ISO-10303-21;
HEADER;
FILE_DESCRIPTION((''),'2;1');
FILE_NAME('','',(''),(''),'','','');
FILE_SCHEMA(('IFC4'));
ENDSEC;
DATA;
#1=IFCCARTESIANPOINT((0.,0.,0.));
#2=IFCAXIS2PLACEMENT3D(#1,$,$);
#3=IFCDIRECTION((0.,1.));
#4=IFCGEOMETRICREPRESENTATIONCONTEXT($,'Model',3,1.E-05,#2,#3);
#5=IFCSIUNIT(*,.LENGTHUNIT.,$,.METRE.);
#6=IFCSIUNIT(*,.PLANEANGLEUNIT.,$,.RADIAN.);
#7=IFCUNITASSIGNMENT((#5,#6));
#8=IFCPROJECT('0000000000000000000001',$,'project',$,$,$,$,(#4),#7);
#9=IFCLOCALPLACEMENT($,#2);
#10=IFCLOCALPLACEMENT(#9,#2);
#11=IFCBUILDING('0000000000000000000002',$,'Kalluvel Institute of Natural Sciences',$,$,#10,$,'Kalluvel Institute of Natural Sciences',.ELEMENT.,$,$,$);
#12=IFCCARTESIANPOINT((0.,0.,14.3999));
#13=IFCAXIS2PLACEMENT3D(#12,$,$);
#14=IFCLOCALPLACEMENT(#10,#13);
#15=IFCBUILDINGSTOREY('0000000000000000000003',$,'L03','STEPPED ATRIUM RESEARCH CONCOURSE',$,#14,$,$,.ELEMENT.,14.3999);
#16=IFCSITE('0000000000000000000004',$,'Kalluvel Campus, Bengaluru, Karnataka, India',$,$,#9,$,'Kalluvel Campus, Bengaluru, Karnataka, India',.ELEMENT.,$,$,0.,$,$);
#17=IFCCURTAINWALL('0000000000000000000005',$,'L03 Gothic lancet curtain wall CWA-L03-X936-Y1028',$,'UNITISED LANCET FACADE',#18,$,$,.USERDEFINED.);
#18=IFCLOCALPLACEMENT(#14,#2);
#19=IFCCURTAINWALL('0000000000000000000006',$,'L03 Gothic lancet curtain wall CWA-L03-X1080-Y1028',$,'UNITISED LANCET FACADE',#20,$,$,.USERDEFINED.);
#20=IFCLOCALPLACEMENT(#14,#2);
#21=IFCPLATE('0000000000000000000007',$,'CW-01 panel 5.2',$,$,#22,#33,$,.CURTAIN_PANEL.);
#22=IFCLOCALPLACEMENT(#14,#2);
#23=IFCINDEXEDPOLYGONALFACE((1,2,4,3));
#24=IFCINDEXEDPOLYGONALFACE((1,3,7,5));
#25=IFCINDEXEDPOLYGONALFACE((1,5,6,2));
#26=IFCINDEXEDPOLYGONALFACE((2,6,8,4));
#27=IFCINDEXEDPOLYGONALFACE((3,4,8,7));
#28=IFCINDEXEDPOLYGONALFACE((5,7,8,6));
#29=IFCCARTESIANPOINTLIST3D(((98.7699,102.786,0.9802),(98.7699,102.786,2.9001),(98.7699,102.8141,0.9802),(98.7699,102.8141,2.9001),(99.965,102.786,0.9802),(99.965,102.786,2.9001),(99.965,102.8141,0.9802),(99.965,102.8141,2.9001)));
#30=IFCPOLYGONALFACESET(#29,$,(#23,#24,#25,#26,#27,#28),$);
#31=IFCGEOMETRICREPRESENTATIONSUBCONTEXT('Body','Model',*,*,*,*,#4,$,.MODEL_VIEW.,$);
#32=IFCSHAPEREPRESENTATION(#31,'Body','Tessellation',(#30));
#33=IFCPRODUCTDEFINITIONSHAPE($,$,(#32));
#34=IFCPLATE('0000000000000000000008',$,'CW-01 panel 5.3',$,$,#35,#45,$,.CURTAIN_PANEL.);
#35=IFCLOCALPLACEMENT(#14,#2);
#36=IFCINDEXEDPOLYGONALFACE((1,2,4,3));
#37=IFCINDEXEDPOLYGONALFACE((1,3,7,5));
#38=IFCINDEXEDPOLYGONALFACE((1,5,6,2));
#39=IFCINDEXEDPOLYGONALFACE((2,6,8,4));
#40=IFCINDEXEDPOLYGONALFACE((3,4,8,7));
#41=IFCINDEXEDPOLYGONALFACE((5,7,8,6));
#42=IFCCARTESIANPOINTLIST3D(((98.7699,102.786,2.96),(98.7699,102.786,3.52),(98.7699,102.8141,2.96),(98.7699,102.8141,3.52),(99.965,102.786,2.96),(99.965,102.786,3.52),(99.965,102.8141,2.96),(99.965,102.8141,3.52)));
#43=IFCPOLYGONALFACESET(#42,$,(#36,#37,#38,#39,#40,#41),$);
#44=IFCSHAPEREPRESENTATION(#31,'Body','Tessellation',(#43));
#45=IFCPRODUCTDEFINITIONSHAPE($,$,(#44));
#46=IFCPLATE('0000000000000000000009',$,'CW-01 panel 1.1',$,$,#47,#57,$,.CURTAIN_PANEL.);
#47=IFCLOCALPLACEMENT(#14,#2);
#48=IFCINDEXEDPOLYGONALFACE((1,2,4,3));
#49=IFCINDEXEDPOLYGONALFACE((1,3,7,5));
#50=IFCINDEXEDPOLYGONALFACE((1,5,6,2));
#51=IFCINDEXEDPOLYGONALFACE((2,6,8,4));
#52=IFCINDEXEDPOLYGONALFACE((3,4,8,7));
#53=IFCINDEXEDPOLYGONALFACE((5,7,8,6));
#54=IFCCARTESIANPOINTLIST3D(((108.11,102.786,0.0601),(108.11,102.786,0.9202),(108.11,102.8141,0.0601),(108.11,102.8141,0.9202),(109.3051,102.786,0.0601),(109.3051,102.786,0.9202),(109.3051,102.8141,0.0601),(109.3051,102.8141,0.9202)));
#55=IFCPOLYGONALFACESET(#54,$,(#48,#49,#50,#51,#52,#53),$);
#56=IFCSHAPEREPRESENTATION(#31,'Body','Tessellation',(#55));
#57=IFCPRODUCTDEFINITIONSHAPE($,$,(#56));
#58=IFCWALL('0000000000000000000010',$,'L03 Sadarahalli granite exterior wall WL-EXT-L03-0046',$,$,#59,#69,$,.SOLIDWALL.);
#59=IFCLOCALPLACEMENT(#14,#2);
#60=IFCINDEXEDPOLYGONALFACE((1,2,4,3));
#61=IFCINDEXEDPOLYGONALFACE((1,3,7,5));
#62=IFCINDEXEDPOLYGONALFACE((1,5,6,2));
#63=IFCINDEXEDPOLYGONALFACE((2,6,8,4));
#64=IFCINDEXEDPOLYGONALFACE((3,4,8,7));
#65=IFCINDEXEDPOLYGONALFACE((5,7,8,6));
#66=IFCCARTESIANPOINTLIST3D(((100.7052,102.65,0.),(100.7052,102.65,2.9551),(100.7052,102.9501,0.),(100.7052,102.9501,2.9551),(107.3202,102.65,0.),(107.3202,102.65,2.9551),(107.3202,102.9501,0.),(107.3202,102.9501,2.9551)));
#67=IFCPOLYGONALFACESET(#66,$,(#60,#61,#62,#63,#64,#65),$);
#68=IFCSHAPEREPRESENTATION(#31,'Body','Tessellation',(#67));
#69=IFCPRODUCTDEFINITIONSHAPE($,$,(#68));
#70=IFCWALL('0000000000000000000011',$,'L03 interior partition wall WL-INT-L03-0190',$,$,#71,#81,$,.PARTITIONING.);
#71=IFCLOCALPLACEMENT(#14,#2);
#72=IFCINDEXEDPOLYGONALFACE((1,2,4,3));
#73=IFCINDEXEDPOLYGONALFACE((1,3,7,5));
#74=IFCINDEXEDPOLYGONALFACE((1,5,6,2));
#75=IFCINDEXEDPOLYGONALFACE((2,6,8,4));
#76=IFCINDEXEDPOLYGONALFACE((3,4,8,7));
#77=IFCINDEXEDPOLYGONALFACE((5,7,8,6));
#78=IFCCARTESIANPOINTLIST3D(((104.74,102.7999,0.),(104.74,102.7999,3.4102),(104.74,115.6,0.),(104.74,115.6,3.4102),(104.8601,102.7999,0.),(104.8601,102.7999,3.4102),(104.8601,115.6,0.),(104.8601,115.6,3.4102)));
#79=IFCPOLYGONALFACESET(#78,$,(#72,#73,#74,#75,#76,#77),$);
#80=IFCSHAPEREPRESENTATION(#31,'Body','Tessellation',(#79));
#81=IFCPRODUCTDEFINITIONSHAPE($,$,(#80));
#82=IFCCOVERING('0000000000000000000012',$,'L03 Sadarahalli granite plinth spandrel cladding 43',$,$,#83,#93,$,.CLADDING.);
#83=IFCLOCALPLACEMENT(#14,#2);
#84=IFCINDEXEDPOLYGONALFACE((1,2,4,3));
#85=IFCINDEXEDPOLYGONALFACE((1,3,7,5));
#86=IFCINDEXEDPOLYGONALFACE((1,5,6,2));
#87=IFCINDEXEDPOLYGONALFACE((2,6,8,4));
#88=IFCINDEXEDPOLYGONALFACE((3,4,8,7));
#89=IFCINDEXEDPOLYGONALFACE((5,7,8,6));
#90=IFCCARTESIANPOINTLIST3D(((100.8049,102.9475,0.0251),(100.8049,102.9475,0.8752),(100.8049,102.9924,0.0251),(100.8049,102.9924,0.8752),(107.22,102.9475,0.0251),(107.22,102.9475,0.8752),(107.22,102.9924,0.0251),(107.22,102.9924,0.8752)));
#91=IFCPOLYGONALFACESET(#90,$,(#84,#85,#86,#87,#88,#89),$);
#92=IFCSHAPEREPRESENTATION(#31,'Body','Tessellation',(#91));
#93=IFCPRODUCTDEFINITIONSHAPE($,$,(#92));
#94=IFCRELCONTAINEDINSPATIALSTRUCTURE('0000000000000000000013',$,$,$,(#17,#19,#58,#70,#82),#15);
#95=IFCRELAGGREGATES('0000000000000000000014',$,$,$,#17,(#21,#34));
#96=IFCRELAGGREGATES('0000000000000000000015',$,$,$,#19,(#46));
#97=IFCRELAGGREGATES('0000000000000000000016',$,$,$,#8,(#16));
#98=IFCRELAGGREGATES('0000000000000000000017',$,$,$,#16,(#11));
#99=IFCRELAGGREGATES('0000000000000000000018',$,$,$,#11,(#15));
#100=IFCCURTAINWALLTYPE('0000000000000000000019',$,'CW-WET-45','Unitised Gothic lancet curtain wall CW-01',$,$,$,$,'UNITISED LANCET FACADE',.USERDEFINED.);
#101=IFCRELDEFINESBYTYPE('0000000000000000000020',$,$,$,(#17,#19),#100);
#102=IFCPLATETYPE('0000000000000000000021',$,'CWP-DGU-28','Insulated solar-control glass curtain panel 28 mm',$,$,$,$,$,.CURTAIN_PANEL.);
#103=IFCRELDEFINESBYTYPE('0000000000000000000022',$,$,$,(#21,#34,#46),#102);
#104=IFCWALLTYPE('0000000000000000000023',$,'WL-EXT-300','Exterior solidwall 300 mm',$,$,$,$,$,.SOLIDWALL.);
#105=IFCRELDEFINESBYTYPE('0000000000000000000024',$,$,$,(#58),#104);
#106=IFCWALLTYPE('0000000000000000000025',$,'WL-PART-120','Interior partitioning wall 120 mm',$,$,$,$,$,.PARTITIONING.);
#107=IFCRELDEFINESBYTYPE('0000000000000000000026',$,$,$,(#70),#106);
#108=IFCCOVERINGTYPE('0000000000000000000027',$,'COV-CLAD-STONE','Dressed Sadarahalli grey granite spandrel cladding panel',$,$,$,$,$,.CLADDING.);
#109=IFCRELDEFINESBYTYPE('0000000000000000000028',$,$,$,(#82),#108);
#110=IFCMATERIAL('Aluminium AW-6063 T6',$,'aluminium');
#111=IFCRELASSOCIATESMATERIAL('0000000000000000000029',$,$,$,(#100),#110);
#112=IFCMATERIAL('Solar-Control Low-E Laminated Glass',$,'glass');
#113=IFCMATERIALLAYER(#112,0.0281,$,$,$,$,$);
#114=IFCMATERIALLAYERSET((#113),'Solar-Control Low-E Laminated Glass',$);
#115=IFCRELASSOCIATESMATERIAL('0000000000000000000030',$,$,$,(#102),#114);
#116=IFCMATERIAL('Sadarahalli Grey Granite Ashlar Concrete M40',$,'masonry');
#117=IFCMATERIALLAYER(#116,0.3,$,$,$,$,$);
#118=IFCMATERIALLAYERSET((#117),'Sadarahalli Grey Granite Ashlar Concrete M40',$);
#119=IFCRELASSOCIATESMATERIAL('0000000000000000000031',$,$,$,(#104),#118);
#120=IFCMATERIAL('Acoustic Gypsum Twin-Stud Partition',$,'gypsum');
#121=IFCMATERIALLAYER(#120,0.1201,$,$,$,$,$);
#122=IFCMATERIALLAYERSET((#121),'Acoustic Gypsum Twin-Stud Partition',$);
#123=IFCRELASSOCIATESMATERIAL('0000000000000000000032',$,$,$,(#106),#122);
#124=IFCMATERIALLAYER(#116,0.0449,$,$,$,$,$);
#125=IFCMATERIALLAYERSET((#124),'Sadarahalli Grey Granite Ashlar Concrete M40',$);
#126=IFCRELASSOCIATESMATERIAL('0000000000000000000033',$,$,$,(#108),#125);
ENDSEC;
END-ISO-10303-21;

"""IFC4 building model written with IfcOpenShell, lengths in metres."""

from ifc_helpers import new_model, si_unit, direction, frame, frame_2d, origin, origin_2d, place, context, subcontext, project, spatial, rectangle, extrude, material, layer, layer_set, type_object, element, aggregate, save


model = new_model("IFC4")

# Units and contexts
model_context = context("Model", 3, precision=1e-05, world=origin(), true_north=direction((0.0, 1.0)))
body_context = subcontext(model_context, "Body", "Model", "MODEL_VIEW")
ifc_project = project(units=[si_unit("LENGTHUNIT", "METRE"), si_unit("PLANEANGLEUNIT", "RADIAN")], contexts=[model_context])

# Site, building, storey
site_placement = place(None, origin())
site = spatial("IfcSite", under=ifc_project, at=site_placement, Name="Kalluvel Campus, Bengaluru, Karnataka, India", LongName="Kalluvel Campus, Bengaluru, Karnataka, India", CompositionType="ELEMENT", RefElevation=0.0)
building_placement = place(site_placement, origin())
building = spatial("IfcBuilding", under=site, at=building_placement, Name="Kalluvel Institute of Natural Sciences", LongName="Kalluvel Institute of Natural Sciences", CompositionType="ELEMENT")
storey_placement = place(building_placement, frame((0.0, 0.0, 14.3999)))
storey = spatial("IfcBuildingStorey", under=building, at=storey_placement, Name="L03", Description="STEPPED ATRIUM RESEARCH CONCOURSE", CompositionType="ELEMENT", Elevation=14.3999)

# Curtain wall
ifc_material_1 = material(Name="Aluminium AW-6063 T6", Category="aluminium")
curtain_wall_type = type_object("IfcCurtainWallType", Name="CW-WET-45", Description="Unitised Gothic lancet curtain wall CW-01", ElementType="UNITISED LANCET FACADE", PredefinedType="USERDEFINED", material=ifc_material_1)
curtain_wall_1_placement = place(storey_placement, origin())
curtain_wall_1 = element("IfcCurtainWall", 1, at=curtain_wall_1_placement, inside=storey, type_object=curtain_wall_type, Name="L03 Gothic lancet curtain wall CWA-L03-X936-Y1028", ObjectType="UNITISED LANCET FACADE", PredefinedType="USERDEFINED")

# Curtain wall
curtain_wall_2_placement = place(storey_placement, origin())
curtain_wall_2 = element("IfcCurtainWall", 2, at=curtain_wall_2_placement, inside=storey, type_object=curtain_wall_type, Name="L03 Gothic lancet curtain wall CWA-L03-X1080-Y1028", ObjectType="UNITISED LANCET FACADE", PredefinedType="USERDEFINED")

# Plates
ifc_material_2 = material(Name="Solar-Control Low-E Laminated Glass", Category="glass")
ifc_layer_1 = layer(ifc_material_2, 0.0281)
ifc_layer_set_1 = layer_set([ifc_layer_1], Name="Solar-Control Low-E Laminated Glass")
plate_type = type_object("IfcPlateType", Name="CWP-DGU-28", Description="Insulated solar-control glass curtain panel 28 mm", PredefinedType="CURTAIN_PANEL", material=ifc_layer_set_1)
plate_1_placement = place(storey_placement, frame((99.3674, 102.8, 0.9802), z_axis=(0.0, 0.0, 1.0), x_axis=(1.0, 0.0, 0.0)))
plate_1 = element("IfcPlate", 3, at=plate_1_placement, type_object=plate_type, Name="CW-01 panel 5.2", PredefinedType="CURTAIN_PANEL", context=body_context, shape_type="SweptSolid", body=[
    extrude(rectangle(XDim=1.1951, YDim=0.0281, at=origin_2d()), origin(), (0.0, 0.0, 1.0), 1.9199),
])
plate_2_placement = place(storey_placement, frame((99.3674, 102.8, 2.96), z_axis=(0.0, 0.0, 1.0), x_axis=(1.0, 0.0, 0.0)))
plate_2 = element("IfcPlate", 4, at=plate_2_placement, type_object=plate_type, Name="CW-01 panel 5.3", PredefinedType="CURTAIN_PANEL", context=body_context, shape_type="SweptSolid", body=[
    extrude(rectangle(XDim=1.1951, YDim=0.0281, at=origin_2d()), origin(), (0.0, 0.0, 1.0), 0.5601),
])
aggregate(curtain_wall_1, [plate_1, plate_2])
plate_3_placement = place(storey_placement, frame((108.7075, 102.8, 0.0601), z_axis=(0.0, 0.0, 1.0), x_axis=(1.0, 0.0, 0.0)))
plate_3 = element("IfcPlate", 5, at=plate_3_placement, type_object=plate_type, Name="CW-01 panel 1.1", PredefinedType="CURTAIN_PANEL", context=body_context, shape_type="SweptSolid", body=[
    extrude(rectangle(XDim=1.1951, YDim=0.0281, at=origin_2d()), origin(), (0.0, 0.0, 1.0), 0.8601),
])
aggregate(curtain_wall_2, [plate_3])

# Walls
ifc_material_3 = material(Name="Sadarahalli Grey Granite Ashlar Concrete M40", Category="masonry")
ifc_layer_2 = layer(ifc_material_3, 0.3)
ifc_layer_set_2 = layer_set([ifc_layer_2], Name="Sadarahalli Grey Granite Ashlar Concrete M40")
wall_type_1 = type_object("IfcWallType", Name="WL-EXT-300", Description="Exterior solidwall 300 mm", PredefinedType="SOLIDWALL", material=ifc_layer_set_2)
wall_1_placement = place(storey_placement, frame((100.7051, 102.8, 0.0), z_axis=(0.0, 0.0, 1.0), x_axis=(1.0, 0.0, 0.0)))
element("IfcWall", 6, at=wall_1_placement, inside=storey, type_object=wall_type_1, Name="L03 Sadarahalli granite exterior wall WL-EXT-L03-0046", PredefinedType="SOLIDWALL", context=body_context, shape_type="SweptSolid", body=[
    extrude(rectangle(XDim=6.615, YDim=0.3, at=frame_2d((3.3076, 0.0))), origin(), (0.0, 0.0, 1.0), 2.9551),
])
ifc_material_4 = material(Name="Acoustic Gypsum Twin-Stud Partition", Category="gypsum")
ifc_layer_3 = layer(ifc_material_4, 0.1201)
ifc_layer_set_3 = layer_set([ifc_layer_3], Name="Acoustic Gypsum Twin-Stud Partition")
wall_type_2 = type_object("IfcWallType", Name="WL-PART-120", Description="Interior partitioning wall 120 mm", PredefinedType="PARTITIONING", material=ifc_layer_set_3)
wall_2_placement = place(storey_placement, frame((104.8, 102.8, 0.0), z_axis=(0.0, 0.0, 1.0), x_axis=(0.0, 1.0, 0.0)))
element("IfcWall", 7, at=wall_2_placement, inside=storey, type_object=wall_type_2, Name="L03 interior partition wall WL-INT-L03-0190", PredefinedType="PARTITIONING", context=body_context, shape_type="SweptSolid", body=[
    extrude(rectangle(XDim=12.8, YDim=0.1201, at=frame_2d((6.3999, 0.0))), origin(), (0.0, 0.0, 1.0), 3.4102),
])

# Covering
ifc_layer_4 = layer(ifc_material_3, 0.0449)
ifc_layer_set_4 = layer_set([ifc_layer_4], Name="Sadarahalli Grey Granite Ashlar Concrete M40")
covering_type = type_object("IfcCoveringType", Name="COV-CLAD-STONE", Description="Dressed Sadarahalli grey granite spandrel cladding panel", PredefinedType="CLADDING", material=ifc_layer_set_4)
covering_placement = place(storey_placement, frame((104.0125, 102.97, 0.0251), z_axis=(0.0, 0.0, 1.0), x_axis=(1.0, 0.0, 0.0)))
element("IfcCovering", 8, at=covering_placement, inside=storey, type_object=covering_type, Name="L03 Sadarahalli granite plinth spandrel cladding 43", PredefinedType="CLADDING", context=body_context, shape_type="SweptSolid", body=[
    extrude(rectangle(XDim=6.415, YDim=0.0449, at=origin_2d()), origin(), (0.0, 0.0, 1.0), 0.8501),
])

save(model, "model.ifc")
